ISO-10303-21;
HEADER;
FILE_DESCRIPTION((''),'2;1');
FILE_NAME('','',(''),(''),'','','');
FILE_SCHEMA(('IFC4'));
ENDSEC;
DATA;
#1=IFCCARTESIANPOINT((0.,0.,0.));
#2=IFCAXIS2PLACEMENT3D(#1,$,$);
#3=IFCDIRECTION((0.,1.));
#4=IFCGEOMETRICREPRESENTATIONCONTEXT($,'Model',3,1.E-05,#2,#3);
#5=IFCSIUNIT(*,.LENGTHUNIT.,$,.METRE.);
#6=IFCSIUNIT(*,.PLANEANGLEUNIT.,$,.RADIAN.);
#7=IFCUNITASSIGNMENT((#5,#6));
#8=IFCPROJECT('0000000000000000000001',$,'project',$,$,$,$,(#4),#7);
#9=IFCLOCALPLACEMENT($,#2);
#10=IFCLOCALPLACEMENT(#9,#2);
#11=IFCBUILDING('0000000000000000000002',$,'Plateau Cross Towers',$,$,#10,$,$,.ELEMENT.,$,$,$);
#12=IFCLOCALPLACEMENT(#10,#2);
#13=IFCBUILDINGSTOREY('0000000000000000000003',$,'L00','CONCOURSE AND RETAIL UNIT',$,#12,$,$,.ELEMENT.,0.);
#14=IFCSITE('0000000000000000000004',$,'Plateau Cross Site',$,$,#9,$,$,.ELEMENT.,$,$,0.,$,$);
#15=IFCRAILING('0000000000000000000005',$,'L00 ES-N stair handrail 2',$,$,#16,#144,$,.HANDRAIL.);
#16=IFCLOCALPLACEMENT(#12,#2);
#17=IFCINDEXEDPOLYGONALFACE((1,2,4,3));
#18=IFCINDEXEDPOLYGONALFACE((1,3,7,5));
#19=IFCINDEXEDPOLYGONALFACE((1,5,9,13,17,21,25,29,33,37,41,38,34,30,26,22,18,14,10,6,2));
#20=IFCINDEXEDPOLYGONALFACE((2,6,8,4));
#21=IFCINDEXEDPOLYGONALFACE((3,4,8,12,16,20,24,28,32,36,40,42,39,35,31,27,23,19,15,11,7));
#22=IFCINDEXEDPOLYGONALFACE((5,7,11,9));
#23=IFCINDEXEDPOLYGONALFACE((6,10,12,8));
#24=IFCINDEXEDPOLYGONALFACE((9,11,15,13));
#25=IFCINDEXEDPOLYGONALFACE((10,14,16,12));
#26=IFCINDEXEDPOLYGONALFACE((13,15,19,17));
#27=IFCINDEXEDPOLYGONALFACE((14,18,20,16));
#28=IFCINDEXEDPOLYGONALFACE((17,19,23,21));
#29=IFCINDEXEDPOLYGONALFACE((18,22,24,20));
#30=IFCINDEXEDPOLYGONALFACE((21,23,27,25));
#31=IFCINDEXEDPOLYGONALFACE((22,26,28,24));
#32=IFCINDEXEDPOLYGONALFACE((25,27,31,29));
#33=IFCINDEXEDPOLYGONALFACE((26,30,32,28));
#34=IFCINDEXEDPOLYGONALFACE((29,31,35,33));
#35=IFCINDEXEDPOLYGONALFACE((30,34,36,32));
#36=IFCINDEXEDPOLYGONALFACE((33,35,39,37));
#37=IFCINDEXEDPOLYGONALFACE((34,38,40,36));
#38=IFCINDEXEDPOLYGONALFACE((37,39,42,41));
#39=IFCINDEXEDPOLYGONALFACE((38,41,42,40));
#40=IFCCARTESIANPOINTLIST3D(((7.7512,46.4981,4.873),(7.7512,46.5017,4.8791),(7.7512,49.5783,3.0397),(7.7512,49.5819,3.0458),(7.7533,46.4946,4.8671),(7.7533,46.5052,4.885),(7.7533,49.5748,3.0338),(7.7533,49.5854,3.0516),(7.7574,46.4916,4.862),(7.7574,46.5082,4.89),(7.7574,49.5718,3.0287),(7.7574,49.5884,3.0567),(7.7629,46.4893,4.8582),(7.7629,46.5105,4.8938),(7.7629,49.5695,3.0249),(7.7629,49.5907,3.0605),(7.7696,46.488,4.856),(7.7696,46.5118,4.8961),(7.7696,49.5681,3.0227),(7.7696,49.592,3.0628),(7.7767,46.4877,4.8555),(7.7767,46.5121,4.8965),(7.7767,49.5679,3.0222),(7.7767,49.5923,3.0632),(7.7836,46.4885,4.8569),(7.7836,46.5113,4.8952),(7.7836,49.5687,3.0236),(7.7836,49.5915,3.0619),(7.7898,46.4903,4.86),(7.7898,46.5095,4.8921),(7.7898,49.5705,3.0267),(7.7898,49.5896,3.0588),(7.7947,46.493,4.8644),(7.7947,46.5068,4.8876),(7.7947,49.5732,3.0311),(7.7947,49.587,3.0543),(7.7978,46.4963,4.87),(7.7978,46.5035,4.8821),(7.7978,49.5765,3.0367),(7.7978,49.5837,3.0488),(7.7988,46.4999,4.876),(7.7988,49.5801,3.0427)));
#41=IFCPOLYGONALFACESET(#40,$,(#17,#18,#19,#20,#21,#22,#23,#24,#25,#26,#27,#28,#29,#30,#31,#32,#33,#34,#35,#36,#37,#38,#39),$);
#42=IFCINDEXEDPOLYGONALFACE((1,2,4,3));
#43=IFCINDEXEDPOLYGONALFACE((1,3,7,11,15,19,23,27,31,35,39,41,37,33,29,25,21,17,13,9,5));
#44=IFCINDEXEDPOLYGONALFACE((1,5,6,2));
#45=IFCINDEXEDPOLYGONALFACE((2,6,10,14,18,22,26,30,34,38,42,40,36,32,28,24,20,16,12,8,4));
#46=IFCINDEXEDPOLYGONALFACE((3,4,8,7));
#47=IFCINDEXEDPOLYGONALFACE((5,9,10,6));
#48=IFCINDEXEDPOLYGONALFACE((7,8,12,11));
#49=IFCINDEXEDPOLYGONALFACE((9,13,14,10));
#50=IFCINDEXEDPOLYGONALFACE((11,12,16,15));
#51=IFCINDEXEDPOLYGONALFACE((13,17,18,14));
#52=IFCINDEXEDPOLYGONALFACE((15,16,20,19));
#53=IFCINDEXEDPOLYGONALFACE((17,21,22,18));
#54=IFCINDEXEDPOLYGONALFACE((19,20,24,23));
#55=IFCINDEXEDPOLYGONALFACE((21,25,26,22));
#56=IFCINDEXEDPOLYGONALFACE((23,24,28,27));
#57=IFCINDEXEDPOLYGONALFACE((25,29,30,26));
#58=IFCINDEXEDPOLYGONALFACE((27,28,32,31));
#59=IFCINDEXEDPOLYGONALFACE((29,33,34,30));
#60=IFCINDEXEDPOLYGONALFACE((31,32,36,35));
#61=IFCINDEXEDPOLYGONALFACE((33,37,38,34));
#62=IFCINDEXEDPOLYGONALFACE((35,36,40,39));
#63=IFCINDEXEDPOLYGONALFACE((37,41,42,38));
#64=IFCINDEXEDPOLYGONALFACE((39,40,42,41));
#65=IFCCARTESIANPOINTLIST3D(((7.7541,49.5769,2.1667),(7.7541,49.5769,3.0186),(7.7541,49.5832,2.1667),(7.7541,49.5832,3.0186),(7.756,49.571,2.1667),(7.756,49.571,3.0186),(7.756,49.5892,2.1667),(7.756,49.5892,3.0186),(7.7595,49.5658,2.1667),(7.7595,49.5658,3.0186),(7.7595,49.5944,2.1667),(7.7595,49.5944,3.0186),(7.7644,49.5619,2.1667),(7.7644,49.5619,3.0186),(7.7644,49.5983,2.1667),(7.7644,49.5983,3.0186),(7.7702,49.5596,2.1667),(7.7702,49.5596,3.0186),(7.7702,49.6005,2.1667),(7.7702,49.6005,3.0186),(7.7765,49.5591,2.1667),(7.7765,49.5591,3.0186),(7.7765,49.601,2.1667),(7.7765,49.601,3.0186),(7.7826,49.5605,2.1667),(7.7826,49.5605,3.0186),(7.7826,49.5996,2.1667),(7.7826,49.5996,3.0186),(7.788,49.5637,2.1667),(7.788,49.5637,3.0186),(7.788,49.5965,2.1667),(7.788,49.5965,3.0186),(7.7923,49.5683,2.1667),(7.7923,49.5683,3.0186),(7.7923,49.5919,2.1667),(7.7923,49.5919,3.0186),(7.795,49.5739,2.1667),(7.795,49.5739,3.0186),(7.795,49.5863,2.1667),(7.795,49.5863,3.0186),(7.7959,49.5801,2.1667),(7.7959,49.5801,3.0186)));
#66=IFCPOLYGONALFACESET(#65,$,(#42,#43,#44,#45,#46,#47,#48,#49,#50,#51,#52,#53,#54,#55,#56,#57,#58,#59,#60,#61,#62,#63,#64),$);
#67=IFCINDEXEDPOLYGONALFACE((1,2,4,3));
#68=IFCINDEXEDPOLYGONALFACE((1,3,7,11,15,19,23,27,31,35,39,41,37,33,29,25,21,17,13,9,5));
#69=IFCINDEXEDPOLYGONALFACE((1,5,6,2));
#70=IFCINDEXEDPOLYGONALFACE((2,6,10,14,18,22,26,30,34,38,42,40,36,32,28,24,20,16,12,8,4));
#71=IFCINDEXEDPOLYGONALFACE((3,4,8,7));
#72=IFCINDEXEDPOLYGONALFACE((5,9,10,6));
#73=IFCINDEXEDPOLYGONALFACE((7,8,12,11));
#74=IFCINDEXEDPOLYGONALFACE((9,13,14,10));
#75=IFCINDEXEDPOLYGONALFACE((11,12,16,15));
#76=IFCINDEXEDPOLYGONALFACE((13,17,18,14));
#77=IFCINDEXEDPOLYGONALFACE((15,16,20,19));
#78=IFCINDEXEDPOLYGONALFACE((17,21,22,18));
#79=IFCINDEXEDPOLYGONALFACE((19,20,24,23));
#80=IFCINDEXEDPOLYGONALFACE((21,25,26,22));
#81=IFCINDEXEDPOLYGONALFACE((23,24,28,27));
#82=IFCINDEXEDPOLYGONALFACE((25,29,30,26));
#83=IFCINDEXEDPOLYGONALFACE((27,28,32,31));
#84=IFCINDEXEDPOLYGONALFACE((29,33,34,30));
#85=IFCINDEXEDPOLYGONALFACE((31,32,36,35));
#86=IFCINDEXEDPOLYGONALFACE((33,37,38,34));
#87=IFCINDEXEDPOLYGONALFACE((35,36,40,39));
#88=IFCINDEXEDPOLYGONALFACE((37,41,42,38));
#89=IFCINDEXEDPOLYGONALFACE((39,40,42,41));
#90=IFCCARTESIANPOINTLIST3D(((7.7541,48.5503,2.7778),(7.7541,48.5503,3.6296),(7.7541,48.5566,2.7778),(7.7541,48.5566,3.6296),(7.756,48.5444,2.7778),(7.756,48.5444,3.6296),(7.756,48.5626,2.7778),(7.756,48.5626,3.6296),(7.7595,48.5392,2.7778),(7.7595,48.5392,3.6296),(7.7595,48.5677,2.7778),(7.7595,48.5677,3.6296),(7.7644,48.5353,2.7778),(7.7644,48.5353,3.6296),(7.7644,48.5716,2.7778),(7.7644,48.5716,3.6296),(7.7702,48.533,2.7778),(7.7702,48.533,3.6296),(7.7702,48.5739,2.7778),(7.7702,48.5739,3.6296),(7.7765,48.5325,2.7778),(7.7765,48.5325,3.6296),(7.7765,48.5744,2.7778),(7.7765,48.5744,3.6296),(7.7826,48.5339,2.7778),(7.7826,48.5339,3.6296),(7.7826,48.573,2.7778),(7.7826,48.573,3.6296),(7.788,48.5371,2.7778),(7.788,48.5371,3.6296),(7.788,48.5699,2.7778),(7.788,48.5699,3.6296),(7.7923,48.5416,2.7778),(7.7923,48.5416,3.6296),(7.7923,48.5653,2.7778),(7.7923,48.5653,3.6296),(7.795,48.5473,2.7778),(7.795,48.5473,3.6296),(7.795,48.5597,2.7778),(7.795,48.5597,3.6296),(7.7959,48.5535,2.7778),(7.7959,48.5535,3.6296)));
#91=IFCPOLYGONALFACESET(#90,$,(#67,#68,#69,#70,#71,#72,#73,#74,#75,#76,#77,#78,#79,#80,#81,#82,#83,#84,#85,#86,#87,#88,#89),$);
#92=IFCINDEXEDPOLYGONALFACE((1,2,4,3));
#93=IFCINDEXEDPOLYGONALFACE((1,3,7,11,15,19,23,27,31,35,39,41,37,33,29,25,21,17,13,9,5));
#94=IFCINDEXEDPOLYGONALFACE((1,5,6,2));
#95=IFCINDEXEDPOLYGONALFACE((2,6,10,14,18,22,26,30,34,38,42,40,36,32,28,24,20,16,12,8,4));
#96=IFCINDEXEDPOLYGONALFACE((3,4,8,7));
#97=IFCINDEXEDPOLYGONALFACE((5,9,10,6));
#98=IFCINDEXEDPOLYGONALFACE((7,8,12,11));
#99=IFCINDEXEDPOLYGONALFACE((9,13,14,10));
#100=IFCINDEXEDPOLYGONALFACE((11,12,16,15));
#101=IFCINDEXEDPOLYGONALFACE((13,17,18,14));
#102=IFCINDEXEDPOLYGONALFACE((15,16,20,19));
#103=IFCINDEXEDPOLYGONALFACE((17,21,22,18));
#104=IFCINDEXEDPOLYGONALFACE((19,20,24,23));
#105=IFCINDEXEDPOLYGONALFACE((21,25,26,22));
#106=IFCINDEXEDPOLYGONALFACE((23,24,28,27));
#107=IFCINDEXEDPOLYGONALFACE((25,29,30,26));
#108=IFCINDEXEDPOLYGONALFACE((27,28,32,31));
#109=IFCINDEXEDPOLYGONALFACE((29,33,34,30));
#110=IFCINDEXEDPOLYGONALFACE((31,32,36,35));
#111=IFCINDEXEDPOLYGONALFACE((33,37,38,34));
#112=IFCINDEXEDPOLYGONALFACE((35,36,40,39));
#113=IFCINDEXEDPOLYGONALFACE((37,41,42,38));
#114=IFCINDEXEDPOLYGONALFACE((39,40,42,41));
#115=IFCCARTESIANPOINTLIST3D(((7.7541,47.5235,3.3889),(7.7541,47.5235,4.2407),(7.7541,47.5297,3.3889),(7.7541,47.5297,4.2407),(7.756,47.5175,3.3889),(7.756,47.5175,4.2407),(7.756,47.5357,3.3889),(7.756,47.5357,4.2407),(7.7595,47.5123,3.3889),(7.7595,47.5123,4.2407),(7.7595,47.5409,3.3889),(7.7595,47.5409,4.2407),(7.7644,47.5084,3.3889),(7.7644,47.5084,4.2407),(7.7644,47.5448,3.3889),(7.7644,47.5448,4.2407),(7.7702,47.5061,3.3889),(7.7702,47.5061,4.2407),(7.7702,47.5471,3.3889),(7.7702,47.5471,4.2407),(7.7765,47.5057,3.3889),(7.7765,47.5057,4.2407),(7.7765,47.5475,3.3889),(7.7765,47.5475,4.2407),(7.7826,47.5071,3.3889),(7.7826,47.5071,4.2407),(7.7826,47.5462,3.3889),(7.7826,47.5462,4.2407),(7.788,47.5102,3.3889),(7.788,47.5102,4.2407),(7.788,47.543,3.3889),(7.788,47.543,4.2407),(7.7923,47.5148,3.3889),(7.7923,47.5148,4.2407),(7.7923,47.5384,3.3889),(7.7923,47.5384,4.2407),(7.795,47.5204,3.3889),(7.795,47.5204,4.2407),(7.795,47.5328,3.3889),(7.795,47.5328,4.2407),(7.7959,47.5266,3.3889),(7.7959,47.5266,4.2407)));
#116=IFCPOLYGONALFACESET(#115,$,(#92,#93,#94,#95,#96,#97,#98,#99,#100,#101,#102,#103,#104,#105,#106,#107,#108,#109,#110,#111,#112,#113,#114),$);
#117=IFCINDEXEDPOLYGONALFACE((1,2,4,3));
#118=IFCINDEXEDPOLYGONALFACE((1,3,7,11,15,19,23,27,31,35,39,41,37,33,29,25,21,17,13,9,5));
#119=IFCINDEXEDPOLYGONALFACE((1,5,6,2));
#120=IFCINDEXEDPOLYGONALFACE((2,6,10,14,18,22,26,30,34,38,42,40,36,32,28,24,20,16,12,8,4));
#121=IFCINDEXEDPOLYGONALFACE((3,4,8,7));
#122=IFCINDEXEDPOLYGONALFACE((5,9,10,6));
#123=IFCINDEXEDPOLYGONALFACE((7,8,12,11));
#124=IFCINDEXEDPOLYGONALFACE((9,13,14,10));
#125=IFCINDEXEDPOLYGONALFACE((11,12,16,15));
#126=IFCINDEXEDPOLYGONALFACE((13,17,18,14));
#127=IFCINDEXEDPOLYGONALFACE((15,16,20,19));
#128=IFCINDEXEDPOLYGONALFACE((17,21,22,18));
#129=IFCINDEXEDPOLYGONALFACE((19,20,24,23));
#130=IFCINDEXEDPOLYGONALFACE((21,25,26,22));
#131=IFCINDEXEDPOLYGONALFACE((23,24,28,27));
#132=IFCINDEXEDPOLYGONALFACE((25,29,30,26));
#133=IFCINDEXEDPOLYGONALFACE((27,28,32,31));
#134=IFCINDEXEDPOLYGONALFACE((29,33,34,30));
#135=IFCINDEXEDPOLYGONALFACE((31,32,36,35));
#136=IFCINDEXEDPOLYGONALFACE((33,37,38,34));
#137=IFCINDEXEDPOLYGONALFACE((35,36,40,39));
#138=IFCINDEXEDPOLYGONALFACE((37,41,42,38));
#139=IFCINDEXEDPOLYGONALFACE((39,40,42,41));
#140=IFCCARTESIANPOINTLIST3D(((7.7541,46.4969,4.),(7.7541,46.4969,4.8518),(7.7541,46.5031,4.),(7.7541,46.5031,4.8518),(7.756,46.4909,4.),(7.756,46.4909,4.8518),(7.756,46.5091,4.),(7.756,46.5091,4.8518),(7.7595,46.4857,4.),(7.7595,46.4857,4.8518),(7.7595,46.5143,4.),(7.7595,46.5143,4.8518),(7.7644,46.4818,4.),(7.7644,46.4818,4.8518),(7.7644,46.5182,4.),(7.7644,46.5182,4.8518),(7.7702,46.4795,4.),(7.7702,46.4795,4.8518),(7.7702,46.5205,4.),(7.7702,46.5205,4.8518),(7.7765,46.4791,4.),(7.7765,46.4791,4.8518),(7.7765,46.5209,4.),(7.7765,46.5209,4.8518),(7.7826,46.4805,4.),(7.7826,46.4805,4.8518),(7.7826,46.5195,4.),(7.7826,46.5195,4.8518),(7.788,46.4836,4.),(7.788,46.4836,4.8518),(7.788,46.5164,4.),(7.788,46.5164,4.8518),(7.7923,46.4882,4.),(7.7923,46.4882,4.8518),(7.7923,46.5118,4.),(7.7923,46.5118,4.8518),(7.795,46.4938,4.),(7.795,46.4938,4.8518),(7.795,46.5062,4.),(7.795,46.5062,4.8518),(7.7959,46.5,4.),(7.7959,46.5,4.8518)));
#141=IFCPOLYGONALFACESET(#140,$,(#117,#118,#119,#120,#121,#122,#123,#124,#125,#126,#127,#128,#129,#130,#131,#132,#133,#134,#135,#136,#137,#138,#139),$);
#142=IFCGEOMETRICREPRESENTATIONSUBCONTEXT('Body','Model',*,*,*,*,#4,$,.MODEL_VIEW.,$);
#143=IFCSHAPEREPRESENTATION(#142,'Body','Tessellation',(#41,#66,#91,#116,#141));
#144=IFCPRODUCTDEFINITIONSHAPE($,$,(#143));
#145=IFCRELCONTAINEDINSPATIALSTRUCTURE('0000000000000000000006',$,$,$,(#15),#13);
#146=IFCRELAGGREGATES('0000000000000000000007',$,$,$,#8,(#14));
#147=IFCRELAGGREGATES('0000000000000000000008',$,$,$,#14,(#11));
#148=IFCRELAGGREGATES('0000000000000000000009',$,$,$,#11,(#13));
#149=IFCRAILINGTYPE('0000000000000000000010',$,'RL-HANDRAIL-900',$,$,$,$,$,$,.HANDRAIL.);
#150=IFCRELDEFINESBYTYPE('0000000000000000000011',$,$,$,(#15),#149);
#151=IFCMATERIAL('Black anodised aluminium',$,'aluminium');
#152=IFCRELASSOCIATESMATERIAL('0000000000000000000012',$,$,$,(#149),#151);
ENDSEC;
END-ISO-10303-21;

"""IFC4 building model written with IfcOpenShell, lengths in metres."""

from ifc_helpers import new_model, si_unit, direction, frame, origin, origin_2d, place, context, subcontext, project, spatial, circle, extrude, material, type_object, element, save


model = new_model("IFC4")

# Units and contexts
model_context = context("Model", 3, precision=1e-05, world=origin(), true_north=direction((0.0, 1.0)))
body_context = subcontext(model_context, "Body", "Model", "MODEL_VIEW")
ifc_project = project(units=[si_unit("LENGTHUNIT", "METRE"), si_unit("PLANEANGLEUNIT", "RADIAN")], contexts=[model_context])

# Site, building, storey
site_placement = place(None, origin())
site = spatial("IfcSite", under=ifc_project, at=site_placement, Name="Plateau Cross Site", CompositionType="ELEMENT", RefElevation=0.0)
building_placement = place(site_placement, origin())
building = spatial("IfcBuilding", under=site, at=building_placement, Name="Plateau Cross Towers", CompositionType="ELEMENT")
storey_placement = place(building_placement, origin())
storey = spatial("IfcBuildingStorey", under=building, at=storey_placement, Name="L00", Description="CONCOURSE AND RETAIL UNIT", CompositionType="ELEMENT", Elevation=0.0)

# Shared definitions
ifc_material_1 = material(Name="Black anodised aluminium", Category="aluminium")

# Railing
railing_type_1 = type_object("IfcRailingType", Name="RL-HANDRAIL-900", PredefinedType="HANDRAIL", material=ifc_material_1)
railing_1_placement = place(storey_placement, frame((7.7749, 49.5801, 2.1667)))
element("IfcRailing", 1, at=railing_1_placement, inside=storey, type_object=railing_type_1, Name="L00 ES-N stair handrail 2", PredefinedType="HANDRAIL", context=body_context, shape_type="SweptSolid", body=[
    extrude(circle(Radius=0.0239, at=origin_2d()), frame((0.0, 0.0, 0.876), z_axis=(0.0, -0.859309, 0.511458), x_axis=(1.0, 0.0, 0.0)), (0.0, 0.0, 1.0), 3.5845),
    extrude(circle(Radius=0.021, at=origin_2d()), origin(), (0.0, 0.0, 1.0), 0.8518),
    extrude(circle(Radius=0.021, at=origin_2d()), frame((0.0, -1.0266, 0.6111)), (0.0, 0.0, 1.0), 0.8518),
    extrude(circle(Radius=0.021, at=origin_2d()), frame((0.0, -2.0535, 1.2222)), (0.0, 0.0, 1.0), 0.8518),
    extrude(circle(Radius=0.021, at=origin_2d()), frame((0.0, -3.0801, 1.8333)), (0.0, 0.0, 1.0), 0.8518),
])

save(model, "model.ifc")
